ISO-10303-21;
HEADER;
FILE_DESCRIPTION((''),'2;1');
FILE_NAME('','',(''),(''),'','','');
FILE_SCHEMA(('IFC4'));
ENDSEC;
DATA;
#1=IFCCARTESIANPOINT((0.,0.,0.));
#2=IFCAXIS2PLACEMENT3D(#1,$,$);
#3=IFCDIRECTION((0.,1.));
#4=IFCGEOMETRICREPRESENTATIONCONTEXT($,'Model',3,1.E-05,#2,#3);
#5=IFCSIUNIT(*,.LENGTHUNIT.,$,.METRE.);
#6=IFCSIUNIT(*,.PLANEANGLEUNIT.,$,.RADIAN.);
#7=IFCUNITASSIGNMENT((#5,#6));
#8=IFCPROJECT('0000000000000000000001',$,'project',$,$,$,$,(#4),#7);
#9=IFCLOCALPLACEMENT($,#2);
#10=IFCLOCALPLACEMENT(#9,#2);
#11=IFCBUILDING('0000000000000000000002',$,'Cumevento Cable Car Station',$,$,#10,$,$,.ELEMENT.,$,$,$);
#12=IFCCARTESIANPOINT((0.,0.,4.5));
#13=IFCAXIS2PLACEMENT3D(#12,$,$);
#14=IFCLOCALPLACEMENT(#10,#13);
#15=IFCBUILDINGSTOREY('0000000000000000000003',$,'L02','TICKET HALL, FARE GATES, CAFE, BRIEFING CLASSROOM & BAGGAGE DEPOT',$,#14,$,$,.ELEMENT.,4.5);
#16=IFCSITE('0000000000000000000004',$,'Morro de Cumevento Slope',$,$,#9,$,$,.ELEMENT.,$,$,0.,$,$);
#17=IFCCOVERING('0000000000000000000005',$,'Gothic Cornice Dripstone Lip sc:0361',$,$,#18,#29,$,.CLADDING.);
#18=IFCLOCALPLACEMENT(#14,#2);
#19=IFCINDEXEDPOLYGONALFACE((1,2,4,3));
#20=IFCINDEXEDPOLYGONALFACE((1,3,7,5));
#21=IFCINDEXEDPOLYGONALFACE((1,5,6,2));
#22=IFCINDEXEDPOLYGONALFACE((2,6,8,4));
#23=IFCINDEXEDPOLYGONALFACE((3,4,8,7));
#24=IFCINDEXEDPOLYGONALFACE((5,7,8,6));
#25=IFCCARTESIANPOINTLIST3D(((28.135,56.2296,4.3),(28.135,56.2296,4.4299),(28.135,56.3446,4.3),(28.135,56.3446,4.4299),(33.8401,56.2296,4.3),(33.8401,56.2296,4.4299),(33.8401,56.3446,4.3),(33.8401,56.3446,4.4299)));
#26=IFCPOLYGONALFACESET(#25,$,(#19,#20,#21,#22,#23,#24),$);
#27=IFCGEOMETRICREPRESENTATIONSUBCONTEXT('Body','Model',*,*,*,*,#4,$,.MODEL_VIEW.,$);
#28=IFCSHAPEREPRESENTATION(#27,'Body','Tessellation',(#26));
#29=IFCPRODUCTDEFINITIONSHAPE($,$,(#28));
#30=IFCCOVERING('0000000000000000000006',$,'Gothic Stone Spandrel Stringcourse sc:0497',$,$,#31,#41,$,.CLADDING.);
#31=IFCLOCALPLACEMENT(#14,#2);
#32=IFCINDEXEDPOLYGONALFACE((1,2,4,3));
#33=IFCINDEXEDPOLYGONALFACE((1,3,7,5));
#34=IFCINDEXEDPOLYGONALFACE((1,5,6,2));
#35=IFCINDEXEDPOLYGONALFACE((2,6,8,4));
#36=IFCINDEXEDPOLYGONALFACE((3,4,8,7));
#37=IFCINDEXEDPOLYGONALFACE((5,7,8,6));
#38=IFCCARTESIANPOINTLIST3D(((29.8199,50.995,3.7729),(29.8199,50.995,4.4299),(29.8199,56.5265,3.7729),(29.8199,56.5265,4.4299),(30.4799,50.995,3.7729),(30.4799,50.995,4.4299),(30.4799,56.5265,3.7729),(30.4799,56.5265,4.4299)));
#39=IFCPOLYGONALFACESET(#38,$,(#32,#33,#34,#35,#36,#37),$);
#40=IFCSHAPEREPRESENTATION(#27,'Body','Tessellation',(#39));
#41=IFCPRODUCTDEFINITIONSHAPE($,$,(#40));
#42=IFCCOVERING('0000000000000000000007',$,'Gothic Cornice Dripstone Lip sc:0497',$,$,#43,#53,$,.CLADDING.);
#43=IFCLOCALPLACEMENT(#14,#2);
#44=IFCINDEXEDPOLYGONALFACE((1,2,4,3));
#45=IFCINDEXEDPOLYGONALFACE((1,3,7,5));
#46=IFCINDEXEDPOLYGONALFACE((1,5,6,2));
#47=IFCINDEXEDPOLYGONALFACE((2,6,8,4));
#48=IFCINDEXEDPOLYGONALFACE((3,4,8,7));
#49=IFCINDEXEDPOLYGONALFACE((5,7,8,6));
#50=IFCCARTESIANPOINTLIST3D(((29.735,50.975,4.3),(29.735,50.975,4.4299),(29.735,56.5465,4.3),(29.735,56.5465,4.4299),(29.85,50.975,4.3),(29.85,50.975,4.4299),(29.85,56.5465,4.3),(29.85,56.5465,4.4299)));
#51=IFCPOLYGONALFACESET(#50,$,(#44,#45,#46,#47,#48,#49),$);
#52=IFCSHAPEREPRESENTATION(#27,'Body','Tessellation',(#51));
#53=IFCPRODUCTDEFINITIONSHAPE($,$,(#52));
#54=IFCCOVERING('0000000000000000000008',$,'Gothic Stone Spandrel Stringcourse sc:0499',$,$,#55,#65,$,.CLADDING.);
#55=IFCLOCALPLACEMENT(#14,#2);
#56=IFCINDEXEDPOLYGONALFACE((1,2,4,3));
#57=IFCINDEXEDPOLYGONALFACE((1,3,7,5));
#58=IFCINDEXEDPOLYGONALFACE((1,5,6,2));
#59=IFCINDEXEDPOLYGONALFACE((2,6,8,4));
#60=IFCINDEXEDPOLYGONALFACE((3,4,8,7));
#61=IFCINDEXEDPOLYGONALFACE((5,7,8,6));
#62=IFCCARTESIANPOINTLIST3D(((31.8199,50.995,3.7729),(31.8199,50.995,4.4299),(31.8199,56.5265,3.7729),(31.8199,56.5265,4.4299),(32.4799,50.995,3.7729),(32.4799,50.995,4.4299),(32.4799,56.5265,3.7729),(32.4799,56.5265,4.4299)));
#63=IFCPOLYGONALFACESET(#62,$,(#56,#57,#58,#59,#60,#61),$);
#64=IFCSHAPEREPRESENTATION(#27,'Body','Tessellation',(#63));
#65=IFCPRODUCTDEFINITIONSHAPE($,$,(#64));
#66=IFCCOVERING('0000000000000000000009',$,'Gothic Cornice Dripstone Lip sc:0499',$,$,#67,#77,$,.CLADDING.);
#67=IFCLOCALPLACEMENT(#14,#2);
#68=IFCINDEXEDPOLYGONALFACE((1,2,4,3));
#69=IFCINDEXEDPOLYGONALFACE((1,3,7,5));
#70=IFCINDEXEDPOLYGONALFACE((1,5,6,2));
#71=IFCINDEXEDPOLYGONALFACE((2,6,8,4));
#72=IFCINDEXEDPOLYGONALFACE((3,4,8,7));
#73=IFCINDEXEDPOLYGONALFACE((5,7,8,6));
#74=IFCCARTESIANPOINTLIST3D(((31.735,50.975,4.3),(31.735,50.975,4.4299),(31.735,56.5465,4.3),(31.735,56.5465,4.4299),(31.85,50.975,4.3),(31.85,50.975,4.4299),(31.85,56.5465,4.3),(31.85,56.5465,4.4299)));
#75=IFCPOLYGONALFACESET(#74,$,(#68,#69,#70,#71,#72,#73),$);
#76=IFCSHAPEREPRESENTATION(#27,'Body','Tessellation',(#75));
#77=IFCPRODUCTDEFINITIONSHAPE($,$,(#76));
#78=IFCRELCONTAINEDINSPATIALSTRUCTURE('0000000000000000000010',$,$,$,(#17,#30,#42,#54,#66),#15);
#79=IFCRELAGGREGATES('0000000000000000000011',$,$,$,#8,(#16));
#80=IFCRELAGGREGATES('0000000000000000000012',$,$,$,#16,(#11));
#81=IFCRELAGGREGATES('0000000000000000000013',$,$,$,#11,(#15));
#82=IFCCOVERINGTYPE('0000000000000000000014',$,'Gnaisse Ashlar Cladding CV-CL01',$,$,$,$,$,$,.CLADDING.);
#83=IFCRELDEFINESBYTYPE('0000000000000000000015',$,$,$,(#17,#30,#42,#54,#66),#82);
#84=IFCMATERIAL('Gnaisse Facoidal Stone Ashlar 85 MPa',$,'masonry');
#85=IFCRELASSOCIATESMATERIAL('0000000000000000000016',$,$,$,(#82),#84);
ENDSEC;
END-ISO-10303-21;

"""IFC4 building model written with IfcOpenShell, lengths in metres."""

from ifc_helpers import new_model, si_unit, direction, frame, origin, origin_2d, place, context, subcontext, project, spatial, rectangle, extrude, material, type_object, element, save


model = new_model("IFC4")

# Units and contexts
model_context = context("Model", 3, precision=1e-05, world=origin(), true_north=direction((0.0, 1.0)))
body_context = subcontext(model_context, "Body", "Model", "MODEL_VIEW")
ifc_project = project(units=[si_unit("LENGTHUNIT", "METRE"), si_unit("PLANEANGLEUNIT", "RADIAN")], contexts=[model_context])

# Site, building, storey
site_placement = place(None, origin())
site = spatial("IfcSite", under=ifc_project, at=site_placement, Name="Morro de Cumevento Slope", CompositionType="ELEMENT", RefElevation=0.0)
building_placement = place(site_placement, origin())
building = spatial("IfcBuilding", under=site, at=building_placement, Name="Cumevento Cable Car Station", CompositionType="ELEMENT")
storey_placement = place(building_placement, frame((0.0, 0.0, 4.5)))
storey = spatial("IfcBuildingStorey", under=building, at=storey_placement, Name="L02", Description="TICKET HALL, FARE GATES, CAFE, BRIEFING CLASSROOM & BAGGAGE DEPOT", CompositionType="ELEMENT", Elevation=4.5)

# Coverings
ifc_material_1 = material(Name="Gnaisse Facoidal Stone Ashlar 85 MPa", Category="masonry")
covering_type = type_object("IfcCoveringType", Name="Gnaisse Ashlar Cladding CV-CL01", PredefinedType="CLADDING", material=ifc_material_1)
for number, where, z_axis, x_axis, name in (
    (1, (30.9875, 56.2871, 4.3), (0.0, 0.0, 1.0), (-1.0, 0.0, 0.0), "Gothic Cornice Dripstone Lip sc:0361"),
):
    element("IfcCovering", number, at=place(storey_placement, frame(where, z_axis=z_axis, x_axis=x_axis)), inside=storey, type_object=covering_type, Name=name, PredefinedType="CLADDING", context=body_context, shape_type="SweptSolid", body=[
        extrude(rectangle(XDim=5.7051, YDim=0.115, at=origin_2d()), origin(), (0.0, 0.0, 1.0), 0.1299),
    ])
covering_1_placement = place(storey_placement, frame((30.1499, 53.7607, 3.7729), z_axis=(0.0, 0.0, 1.0), x_axis=(0.0, 1.0, 0.0)))
element("IfcCovering", 2, at=covering_1_placement, inside=storey, type_object=covering_type, Name="Gothic Stone Spandrel Stringcourse sc:0497", PredefinedType="CLADDING", context=body_context, shape_type="SweptSolid", body=[
    extrude(rectangle(XDim=5.5315, YDim=0.6599, at=origin_2d()), origin(), (0.0, 0.0, 1.0), 0.657),
])
covering_2_placement = place(storey_placement, frame((29.7925, 53.7607, 4.3), z_axis=(0.0, 0.0, 1.0), x_axis=(0.0, 1.0, 0.0)))
element("IfcCovering", 3, at=covering_2_placement, inside=storey, type_object=covering_type, Name="Gothic Cornice Dripstone Lip sc:0497", PredefinedType="CLADDING", context=body_context, shape_type="SweptSolid", body=[
    extrude(rectangle(XDim=5.5715, YDim=0.115, at=origin_2d()), origin(), (0.0, 0.0, 1.0), 0.1299),
])
covering_3_placement = place(storey_placement, frame((32.1499, 53.7607, 3.7729), z_axis=(0.0, 0.0, 1.0), x_axis=(0.0, 1.0, 0.0)))
element("IfcCovering", 4, at=covering_3_placement, inside=storey, type_object=covering_type, Name="Gothic Stone Spandrel Stringcourse sc:0499", PredefinedType="CLADDING", context=body_context, shape_type="SweptSolid", body=[
    extrude(rectangle(XDim=5.5315, YDim=0.6599, at=origin_2d()), origin(), (0.0, 0.0, 1.0), 0.657),
])
covering_4_placement = place(storey_placement, frame((31.7925, 53.7607, 4.3), z_axis=(0.0, 0.0, 1.0), x_axis=(0.0, 1.0, 0.0)))
element("IfcCovering", 5, at=covering_4_placement, inside=storey, type_object=covering_type, Name="Gothic Cornice Dripstone Lip sc:0499", PredefinedType="CLADDING", context=body_context, shape_type="SweptSolid", body=[
    extrude(rectangle(XDim=5.5715, YDim=0.115, at=origin_2d()), origin(), (0.0, 0.0, 1.0), 0.1299),
])

save(model, "model.ifc")
